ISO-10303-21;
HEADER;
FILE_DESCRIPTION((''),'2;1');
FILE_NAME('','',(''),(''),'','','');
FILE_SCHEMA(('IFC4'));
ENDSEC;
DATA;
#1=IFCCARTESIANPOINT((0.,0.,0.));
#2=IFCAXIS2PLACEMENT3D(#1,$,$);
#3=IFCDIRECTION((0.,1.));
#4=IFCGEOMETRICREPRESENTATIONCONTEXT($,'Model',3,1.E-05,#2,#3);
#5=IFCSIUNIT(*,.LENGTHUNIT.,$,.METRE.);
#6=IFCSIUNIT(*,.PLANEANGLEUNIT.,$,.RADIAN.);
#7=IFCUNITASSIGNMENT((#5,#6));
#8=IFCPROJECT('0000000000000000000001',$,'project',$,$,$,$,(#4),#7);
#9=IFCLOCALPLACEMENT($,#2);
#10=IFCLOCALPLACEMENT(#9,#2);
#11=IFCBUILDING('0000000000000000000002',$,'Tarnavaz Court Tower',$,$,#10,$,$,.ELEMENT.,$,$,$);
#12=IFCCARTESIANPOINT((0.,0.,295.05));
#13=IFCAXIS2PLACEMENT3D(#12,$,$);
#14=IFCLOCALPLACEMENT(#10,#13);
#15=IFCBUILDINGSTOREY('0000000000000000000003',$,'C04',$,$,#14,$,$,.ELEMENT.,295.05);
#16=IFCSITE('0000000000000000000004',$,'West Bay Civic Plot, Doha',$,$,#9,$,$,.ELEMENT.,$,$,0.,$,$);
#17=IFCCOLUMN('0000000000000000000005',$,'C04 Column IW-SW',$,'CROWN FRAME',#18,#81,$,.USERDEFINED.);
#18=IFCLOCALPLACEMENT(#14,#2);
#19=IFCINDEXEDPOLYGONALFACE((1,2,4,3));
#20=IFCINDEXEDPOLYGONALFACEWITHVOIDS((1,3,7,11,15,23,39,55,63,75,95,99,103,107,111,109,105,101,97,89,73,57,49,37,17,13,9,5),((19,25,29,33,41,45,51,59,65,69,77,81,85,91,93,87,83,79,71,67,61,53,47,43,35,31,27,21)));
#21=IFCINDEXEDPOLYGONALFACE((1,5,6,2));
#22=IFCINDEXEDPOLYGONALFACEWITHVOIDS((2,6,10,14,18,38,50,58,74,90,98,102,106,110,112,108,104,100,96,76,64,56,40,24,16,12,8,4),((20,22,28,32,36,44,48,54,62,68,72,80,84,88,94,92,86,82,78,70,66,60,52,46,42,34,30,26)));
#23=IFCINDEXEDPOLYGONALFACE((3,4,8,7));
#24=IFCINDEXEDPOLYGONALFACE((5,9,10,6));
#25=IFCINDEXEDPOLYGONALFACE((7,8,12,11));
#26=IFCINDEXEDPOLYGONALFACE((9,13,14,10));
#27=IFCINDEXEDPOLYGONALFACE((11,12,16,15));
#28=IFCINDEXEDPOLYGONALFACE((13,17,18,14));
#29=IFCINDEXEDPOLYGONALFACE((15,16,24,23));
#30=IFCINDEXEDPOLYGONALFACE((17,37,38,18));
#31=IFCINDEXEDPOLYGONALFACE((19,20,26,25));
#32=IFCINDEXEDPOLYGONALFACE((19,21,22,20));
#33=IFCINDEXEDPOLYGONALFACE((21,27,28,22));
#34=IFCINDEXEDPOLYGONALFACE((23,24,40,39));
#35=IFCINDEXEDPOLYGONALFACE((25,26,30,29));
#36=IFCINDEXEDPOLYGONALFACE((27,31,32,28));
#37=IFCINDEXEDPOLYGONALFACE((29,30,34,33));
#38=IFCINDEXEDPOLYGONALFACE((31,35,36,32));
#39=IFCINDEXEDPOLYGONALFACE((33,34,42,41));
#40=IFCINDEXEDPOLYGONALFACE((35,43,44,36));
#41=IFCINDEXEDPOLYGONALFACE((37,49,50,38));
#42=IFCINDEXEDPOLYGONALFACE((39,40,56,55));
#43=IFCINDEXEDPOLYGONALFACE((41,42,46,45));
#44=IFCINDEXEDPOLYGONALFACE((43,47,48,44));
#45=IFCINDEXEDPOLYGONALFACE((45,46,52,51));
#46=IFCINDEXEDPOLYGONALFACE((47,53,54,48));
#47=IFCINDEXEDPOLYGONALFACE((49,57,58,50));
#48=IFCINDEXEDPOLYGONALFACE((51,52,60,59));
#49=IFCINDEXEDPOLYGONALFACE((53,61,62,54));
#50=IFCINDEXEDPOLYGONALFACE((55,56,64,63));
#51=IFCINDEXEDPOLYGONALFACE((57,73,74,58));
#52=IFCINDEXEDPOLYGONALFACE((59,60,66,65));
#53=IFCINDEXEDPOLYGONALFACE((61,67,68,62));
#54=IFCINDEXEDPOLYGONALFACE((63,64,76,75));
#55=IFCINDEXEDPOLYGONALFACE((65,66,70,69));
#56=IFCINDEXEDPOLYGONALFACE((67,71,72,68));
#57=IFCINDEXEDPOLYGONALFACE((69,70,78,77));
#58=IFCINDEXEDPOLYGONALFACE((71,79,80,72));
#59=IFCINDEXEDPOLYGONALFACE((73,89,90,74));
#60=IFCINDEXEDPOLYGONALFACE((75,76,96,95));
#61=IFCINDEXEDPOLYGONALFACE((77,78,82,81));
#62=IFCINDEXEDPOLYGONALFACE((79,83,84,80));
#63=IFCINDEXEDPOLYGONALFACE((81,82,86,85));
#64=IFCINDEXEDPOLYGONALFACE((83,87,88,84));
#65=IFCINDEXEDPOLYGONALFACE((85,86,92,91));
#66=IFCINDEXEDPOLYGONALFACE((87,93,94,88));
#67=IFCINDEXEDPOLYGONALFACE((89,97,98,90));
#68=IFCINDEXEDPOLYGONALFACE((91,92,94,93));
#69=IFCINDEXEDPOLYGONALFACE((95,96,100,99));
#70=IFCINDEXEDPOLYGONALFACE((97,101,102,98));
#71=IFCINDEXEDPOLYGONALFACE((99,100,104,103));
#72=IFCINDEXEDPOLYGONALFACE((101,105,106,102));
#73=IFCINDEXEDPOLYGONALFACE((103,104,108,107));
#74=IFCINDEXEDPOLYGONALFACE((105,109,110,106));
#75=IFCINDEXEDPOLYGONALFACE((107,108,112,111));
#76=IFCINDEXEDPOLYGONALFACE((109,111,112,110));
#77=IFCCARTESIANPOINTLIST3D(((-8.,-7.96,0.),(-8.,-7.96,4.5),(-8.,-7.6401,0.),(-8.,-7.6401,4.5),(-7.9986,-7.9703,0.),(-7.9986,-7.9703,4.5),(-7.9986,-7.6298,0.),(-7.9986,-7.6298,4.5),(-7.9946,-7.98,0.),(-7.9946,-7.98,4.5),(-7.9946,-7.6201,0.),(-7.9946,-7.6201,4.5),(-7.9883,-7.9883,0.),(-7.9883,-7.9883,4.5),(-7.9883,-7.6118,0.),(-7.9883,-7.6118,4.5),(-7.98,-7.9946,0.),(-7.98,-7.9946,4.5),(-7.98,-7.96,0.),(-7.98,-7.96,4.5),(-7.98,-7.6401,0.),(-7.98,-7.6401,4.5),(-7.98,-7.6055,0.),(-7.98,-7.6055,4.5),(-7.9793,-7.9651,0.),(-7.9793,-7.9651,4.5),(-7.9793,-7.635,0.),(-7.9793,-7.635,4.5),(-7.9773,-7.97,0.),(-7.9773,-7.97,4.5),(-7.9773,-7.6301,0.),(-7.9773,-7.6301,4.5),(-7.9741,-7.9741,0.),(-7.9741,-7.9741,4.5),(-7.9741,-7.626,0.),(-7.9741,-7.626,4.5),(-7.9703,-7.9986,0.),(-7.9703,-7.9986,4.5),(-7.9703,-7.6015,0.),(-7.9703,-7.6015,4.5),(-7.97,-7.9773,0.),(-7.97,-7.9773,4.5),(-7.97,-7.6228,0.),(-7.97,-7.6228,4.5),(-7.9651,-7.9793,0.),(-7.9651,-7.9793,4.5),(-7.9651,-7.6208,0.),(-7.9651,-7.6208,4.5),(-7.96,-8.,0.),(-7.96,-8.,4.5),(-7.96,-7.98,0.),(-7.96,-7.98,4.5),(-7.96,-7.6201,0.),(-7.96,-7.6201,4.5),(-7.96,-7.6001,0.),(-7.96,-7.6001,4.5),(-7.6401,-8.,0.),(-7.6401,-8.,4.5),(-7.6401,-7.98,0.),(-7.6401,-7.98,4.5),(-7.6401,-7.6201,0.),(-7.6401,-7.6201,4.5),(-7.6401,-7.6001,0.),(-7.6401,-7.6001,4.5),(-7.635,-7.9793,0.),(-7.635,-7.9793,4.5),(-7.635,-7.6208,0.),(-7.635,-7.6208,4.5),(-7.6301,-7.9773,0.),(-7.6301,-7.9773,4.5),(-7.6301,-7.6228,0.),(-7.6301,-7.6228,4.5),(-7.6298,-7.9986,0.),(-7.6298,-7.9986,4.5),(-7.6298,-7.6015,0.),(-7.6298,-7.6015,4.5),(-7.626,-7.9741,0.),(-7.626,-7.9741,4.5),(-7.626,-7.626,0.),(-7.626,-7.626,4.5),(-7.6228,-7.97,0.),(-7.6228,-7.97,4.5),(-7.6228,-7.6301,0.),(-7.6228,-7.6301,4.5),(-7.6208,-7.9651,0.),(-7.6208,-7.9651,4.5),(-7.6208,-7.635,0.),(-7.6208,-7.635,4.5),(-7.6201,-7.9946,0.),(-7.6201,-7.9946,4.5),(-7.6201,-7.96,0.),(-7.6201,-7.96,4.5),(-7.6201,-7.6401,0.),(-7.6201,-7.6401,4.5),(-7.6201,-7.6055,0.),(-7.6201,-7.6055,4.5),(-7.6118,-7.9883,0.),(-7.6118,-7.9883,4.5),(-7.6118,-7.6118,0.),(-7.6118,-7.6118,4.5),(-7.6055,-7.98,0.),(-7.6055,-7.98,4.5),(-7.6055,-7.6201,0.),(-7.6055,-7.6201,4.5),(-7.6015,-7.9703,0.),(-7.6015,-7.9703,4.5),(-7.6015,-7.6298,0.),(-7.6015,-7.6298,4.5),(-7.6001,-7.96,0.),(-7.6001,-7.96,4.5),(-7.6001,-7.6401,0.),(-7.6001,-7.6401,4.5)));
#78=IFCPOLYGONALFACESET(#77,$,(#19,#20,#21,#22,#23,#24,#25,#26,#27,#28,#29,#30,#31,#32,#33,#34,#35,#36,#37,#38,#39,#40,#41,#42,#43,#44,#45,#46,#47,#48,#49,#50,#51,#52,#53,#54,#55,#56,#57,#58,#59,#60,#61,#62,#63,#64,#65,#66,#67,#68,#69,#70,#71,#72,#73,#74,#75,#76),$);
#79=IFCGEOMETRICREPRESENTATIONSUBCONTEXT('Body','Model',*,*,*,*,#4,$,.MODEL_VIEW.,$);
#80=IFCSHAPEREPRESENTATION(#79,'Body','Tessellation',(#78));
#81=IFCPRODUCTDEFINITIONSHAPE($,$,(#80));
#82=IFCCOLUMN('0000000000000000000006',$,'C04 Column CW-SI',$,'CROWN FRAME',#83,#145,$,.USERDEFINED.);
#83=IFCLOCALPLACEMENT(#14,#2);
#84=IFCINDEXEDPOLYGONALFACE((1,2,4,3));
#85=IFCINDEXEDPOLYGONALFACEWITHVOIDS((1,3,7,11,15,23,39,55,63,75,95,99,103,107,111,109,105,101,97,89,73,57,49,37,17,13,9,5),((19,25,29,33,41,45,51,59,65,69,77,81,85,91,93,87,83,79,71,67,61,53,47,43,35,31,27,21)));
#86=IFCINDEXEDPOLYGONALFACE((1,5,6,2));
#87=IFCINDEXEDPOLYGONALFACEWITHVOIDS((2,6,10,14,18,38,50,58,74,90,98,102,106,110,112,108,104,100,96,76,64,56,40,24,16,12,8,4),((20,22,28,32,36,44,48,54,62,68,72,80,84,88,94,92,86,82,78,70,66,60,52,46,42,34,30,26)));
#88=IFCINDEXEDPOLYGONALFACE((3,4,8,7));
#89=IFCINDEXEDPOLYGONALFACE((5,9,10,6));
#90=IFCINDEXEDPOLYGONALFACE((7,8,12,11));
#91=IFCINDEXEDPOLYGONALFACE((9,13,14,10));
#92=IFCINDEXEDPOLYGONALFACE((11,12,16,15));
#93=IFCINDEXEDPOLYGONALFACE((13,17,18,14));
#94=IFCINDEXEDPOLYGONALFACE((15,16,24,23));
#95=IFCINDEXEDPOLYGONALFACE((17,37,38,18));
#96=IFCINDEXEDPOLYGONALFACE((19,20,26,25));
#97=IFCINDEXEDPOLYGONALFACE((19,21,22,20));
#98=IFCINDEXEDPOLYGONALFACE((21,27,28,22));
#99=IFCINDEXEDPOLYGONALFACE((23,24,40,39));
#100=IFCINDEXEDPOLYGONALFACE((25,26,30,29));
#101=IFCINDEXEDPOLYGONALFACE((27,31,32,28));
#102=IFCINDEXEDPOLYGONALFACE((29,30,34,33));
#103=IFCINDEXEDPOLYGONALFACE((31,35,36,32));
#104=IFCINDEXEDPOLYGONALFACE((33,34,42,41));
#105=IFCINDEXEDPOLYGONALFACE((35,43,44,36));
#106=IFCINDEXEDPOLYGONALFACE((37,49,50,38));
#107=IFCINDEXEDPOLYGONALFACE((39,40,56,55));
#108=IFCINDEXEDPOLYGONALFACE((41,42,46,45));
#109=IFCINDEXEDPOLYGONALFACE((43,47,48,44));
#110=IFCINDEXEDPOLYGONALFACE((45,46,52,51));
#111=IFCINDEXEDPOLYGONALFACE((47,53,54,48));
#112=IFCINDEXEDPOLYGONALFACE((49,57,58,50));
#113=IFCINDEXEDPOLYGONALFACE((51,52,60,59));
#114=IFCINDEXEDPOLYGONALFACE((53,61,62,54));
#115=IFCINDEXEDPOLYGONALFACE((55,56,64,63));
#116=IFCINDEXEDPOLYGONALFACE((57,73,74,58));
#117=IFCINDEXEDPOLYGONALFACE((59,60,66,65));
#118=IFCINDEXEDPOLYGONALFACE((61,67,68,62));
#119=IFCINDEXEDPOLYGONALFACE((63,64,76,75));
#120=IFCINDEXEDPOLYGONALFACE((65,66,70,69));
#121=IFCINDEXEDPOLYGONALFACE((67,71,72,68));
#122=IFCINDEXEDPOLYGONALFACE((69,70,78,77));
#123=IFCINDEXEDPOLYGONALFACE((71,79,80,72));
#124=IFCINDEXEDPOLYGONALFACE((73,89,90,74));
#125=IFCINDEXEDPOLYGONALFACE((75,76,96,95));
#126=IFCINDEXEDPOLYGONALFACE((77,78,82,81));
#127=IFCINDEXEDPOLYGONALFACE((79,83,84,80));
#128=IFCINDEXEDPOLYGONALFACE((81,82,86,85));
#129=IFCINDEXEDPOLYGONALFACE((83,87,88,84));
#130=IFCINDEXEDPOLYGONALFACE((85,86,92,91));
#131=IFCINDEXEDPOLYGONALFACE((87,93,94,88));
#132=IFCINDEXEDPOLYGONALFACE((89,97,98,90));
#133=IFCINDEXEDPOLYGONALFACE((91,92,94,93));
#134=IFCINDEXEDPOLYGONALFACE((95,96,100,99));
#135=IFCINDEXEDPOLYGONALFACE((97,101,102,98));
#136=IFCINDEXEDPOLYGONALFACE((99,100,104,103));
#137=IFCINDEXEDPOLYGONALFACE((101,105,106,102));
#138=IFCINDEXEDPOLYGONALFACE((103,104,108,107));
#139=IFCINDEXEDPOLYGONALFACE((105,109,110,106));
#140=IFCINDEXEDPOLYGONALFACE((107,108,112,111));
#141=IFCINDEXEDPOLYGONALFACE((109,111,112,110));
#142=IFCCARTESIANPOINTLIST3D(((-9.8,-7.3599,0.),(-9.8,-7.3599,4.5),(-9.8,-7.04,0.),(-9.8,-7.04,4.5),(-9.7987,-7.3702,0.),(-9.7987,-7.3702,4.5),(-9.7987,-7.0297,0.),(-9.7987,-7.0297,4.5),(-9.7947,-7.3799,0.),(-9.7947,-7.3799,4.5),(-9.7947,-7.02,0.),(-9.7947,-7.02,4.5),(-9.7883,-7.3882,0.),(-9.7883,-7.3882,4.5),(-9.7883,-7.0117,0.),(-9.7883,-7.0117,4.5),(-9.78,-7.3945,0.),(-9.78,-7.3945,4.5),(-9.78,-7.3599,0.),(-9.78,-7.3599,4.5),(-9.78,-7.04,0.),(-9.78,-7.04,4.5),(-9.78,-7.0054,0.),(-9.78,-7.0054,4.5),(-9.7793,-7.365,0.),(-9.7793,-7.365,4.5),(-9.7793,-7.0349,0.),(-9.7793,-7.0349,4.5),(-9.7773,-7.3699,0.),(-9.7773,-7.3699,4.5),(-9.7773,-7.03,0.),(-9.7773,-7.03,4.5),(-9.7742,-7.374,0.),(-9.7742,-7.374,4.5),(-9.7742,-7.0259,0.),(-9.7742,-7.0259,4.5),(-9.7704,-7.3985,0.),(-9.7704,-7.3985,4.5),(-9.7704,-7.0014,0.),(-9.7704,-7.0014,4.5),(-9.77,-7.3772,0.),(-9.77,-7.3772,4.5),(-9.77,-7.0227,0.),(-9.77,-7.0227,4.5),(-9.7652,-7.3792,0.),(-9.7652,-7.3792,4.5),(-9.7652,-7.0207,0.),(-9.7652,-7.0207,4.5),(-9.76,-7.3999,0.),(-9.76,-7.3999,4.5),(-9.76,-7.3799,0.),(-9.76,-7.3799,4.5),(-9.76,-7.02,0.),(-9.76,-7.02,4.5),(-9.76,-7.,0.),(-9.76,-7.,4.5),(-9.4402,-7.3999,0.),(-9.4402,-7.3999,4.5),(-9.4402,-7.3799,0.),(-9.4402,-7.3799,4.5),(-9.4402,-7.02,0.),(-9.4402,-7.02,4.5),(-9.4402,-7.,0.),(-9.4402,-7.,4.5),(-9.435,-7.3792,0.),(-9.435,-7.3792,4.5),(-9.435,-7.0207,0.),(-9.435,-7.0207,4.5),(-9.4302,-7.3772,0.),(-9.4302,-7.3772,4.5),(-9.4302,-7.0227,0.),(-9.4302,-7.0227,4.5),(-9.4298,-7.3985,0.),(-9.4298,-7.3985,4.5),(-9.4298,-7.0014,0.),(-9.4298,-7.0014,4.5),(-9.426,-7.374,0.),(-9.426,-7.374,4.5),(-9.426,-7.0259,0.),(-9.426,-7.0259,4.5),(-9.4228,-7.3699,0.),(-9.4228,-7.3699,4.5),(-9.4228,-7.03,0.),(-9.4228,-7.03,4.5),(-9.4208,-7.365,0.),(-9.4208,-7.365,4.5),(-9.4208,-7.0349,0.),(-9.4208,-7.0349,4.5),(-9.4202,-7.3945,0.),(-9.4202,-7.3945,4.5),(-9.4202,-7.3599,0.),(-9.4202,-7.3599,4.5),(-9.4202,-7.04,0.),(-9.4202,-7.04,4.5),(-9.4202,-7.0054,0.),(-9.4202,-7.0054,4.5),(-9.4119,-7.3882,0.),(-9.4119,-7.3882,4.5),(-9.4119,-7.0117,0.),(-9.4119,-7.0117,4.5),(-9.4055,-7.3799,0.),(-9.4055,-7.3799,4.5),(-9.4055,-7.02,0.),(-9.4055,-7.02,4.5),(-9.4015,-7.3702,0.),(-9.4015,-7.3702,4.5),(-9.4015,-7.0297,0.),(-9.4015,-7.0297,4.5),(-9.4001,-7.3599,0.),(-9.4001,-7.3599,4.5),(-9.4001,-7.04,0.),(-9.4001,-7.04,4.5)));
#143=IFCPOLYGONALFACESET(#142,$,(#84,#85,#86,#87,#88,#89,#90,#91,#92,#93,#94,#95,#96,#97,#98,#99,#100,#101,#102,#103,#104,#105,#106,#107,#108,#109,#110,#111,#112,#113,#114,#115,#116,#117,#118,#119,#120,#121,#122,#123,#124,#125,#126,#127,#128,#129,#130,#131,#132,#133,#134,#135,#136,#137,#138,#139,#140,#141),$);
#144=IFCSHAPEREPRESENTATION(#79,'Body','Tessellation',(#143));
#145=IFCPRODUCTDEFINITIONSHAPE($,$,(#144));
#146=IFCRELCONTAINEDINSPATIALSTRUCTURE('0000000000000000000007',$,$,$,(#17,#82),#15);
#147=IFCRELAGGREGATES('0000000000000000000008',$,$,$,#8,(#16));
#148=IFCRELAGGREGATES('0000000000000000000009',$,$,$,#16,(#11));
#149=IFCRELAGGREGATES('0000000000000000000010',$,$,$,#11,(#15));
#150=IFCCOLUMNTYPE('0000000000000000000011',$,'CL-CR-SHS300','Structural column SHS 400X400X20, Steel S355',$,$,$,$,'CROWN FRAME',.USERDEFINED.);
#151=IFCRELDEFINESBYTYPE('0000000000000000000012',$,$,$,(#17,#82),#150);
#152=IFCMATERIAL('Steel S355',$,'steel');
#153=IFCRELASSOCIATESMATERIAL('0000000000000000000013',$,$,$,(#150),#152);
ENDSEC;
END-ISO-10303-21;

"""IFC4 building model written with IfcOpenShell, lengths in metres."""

from ifc_helpers import new_model, si_unit, direction, frame, origin, origin_2d, place, context, subcontext, project, spatial, hollow_rectangle, extrude, material, material_profile, profile_set, type_object, element, save


model = new_model("IFC4")

# Units and contexts
model_context = context("Model", 3, precision=1e-05, world=origin(), true_north=direction((0.0, 1.0)))
body_context = subcontext(model_context, "Body", "Model", "MODEL_VIEW")
ifc_project = project(units=[si_unit("LENGTHUNIT", "METRE"), si_unit("PLANEANGLEUNIT", "RADIAN")], contexts=[model_context])

# Site, building, storey
site_placement = place(None, origin())
site = spatial("IfcSite", under=ifc_project, at=site_placement, Name="West Bay Civic Plot, Doha", CompositionType="ELEMENT", RefElevation=0.0)
building_placement = place(site_placement, origin())
building = spatial("IfcBuilding", under=site, at=building_placement, Name="Tarnavaz Court Tower", CompositionType="ELEMENT")
storey_placement = place(building_placement, frame((0.0, 0.0, 295.05)))
storey = spatial("IfcBuildingStorey", under=building, at=storey_placement, Name="C04", CompositionType="ELEMENT", Elevation=295.05)

# Columns
ifc_material_1 = material(Name="Steel S355", Category="steel")
ifc_material_profile_1 = material_profile(ifc_material_1, hollow_rectangle(XDim=0.3999, YDim=0.3999, WallThickness=0.02, InnerFilletRadius=0.02, OuterFilletRadius=0.04, at=origin_2d()), Name="SHS 400X400X20")
ifc_profile_set_1 = profile_set([ifc_material_profile_1], Name="Steel S355")
column_type = type_object("IfcColumnType", Name="CL-CR-SHS300", Description="Structural column SHS 400X400X20, Steel S355", ElementType="CROWN FRAME", PredefinedType="USERDEFINED", material=ifc_profile_set_1)
for number, where, z_axis, x_axis, name in (
    (1, (-7.8, -7.8, 0.0), (0.0, 0.0, 1.0), (1.0, 0.0, 0.0), "C04 Column IW-SW"),
    (2, (-9.6001, -7.2, 0.0), (0.0, 0.0, 1.0), (1.0, 0.0, 0.0), "C04 Column CW-SI"),
):
    element("IfcColumn", number, at=place(storey_placement, frame(where, z_axis=z_axis, x_axis=x_axis)), inside=storey, type_object=column_type, Name=name, ObjectType="CROWN FRAME", PredefinedType="USERDEFINED", context=body_context, shape_type="SweptSolid", body=[
        extrude(hollow_rectangle(XDim=0.3999, YDim=0.3999, WallThickness=0.02, InnerFilletRadius=0.02, OuterFilletRadius=0.04, at=origin_2d()), origin(), (0.0, 0.0, 1.0), 4.5),
    ])

save(model, "model.ifc")
